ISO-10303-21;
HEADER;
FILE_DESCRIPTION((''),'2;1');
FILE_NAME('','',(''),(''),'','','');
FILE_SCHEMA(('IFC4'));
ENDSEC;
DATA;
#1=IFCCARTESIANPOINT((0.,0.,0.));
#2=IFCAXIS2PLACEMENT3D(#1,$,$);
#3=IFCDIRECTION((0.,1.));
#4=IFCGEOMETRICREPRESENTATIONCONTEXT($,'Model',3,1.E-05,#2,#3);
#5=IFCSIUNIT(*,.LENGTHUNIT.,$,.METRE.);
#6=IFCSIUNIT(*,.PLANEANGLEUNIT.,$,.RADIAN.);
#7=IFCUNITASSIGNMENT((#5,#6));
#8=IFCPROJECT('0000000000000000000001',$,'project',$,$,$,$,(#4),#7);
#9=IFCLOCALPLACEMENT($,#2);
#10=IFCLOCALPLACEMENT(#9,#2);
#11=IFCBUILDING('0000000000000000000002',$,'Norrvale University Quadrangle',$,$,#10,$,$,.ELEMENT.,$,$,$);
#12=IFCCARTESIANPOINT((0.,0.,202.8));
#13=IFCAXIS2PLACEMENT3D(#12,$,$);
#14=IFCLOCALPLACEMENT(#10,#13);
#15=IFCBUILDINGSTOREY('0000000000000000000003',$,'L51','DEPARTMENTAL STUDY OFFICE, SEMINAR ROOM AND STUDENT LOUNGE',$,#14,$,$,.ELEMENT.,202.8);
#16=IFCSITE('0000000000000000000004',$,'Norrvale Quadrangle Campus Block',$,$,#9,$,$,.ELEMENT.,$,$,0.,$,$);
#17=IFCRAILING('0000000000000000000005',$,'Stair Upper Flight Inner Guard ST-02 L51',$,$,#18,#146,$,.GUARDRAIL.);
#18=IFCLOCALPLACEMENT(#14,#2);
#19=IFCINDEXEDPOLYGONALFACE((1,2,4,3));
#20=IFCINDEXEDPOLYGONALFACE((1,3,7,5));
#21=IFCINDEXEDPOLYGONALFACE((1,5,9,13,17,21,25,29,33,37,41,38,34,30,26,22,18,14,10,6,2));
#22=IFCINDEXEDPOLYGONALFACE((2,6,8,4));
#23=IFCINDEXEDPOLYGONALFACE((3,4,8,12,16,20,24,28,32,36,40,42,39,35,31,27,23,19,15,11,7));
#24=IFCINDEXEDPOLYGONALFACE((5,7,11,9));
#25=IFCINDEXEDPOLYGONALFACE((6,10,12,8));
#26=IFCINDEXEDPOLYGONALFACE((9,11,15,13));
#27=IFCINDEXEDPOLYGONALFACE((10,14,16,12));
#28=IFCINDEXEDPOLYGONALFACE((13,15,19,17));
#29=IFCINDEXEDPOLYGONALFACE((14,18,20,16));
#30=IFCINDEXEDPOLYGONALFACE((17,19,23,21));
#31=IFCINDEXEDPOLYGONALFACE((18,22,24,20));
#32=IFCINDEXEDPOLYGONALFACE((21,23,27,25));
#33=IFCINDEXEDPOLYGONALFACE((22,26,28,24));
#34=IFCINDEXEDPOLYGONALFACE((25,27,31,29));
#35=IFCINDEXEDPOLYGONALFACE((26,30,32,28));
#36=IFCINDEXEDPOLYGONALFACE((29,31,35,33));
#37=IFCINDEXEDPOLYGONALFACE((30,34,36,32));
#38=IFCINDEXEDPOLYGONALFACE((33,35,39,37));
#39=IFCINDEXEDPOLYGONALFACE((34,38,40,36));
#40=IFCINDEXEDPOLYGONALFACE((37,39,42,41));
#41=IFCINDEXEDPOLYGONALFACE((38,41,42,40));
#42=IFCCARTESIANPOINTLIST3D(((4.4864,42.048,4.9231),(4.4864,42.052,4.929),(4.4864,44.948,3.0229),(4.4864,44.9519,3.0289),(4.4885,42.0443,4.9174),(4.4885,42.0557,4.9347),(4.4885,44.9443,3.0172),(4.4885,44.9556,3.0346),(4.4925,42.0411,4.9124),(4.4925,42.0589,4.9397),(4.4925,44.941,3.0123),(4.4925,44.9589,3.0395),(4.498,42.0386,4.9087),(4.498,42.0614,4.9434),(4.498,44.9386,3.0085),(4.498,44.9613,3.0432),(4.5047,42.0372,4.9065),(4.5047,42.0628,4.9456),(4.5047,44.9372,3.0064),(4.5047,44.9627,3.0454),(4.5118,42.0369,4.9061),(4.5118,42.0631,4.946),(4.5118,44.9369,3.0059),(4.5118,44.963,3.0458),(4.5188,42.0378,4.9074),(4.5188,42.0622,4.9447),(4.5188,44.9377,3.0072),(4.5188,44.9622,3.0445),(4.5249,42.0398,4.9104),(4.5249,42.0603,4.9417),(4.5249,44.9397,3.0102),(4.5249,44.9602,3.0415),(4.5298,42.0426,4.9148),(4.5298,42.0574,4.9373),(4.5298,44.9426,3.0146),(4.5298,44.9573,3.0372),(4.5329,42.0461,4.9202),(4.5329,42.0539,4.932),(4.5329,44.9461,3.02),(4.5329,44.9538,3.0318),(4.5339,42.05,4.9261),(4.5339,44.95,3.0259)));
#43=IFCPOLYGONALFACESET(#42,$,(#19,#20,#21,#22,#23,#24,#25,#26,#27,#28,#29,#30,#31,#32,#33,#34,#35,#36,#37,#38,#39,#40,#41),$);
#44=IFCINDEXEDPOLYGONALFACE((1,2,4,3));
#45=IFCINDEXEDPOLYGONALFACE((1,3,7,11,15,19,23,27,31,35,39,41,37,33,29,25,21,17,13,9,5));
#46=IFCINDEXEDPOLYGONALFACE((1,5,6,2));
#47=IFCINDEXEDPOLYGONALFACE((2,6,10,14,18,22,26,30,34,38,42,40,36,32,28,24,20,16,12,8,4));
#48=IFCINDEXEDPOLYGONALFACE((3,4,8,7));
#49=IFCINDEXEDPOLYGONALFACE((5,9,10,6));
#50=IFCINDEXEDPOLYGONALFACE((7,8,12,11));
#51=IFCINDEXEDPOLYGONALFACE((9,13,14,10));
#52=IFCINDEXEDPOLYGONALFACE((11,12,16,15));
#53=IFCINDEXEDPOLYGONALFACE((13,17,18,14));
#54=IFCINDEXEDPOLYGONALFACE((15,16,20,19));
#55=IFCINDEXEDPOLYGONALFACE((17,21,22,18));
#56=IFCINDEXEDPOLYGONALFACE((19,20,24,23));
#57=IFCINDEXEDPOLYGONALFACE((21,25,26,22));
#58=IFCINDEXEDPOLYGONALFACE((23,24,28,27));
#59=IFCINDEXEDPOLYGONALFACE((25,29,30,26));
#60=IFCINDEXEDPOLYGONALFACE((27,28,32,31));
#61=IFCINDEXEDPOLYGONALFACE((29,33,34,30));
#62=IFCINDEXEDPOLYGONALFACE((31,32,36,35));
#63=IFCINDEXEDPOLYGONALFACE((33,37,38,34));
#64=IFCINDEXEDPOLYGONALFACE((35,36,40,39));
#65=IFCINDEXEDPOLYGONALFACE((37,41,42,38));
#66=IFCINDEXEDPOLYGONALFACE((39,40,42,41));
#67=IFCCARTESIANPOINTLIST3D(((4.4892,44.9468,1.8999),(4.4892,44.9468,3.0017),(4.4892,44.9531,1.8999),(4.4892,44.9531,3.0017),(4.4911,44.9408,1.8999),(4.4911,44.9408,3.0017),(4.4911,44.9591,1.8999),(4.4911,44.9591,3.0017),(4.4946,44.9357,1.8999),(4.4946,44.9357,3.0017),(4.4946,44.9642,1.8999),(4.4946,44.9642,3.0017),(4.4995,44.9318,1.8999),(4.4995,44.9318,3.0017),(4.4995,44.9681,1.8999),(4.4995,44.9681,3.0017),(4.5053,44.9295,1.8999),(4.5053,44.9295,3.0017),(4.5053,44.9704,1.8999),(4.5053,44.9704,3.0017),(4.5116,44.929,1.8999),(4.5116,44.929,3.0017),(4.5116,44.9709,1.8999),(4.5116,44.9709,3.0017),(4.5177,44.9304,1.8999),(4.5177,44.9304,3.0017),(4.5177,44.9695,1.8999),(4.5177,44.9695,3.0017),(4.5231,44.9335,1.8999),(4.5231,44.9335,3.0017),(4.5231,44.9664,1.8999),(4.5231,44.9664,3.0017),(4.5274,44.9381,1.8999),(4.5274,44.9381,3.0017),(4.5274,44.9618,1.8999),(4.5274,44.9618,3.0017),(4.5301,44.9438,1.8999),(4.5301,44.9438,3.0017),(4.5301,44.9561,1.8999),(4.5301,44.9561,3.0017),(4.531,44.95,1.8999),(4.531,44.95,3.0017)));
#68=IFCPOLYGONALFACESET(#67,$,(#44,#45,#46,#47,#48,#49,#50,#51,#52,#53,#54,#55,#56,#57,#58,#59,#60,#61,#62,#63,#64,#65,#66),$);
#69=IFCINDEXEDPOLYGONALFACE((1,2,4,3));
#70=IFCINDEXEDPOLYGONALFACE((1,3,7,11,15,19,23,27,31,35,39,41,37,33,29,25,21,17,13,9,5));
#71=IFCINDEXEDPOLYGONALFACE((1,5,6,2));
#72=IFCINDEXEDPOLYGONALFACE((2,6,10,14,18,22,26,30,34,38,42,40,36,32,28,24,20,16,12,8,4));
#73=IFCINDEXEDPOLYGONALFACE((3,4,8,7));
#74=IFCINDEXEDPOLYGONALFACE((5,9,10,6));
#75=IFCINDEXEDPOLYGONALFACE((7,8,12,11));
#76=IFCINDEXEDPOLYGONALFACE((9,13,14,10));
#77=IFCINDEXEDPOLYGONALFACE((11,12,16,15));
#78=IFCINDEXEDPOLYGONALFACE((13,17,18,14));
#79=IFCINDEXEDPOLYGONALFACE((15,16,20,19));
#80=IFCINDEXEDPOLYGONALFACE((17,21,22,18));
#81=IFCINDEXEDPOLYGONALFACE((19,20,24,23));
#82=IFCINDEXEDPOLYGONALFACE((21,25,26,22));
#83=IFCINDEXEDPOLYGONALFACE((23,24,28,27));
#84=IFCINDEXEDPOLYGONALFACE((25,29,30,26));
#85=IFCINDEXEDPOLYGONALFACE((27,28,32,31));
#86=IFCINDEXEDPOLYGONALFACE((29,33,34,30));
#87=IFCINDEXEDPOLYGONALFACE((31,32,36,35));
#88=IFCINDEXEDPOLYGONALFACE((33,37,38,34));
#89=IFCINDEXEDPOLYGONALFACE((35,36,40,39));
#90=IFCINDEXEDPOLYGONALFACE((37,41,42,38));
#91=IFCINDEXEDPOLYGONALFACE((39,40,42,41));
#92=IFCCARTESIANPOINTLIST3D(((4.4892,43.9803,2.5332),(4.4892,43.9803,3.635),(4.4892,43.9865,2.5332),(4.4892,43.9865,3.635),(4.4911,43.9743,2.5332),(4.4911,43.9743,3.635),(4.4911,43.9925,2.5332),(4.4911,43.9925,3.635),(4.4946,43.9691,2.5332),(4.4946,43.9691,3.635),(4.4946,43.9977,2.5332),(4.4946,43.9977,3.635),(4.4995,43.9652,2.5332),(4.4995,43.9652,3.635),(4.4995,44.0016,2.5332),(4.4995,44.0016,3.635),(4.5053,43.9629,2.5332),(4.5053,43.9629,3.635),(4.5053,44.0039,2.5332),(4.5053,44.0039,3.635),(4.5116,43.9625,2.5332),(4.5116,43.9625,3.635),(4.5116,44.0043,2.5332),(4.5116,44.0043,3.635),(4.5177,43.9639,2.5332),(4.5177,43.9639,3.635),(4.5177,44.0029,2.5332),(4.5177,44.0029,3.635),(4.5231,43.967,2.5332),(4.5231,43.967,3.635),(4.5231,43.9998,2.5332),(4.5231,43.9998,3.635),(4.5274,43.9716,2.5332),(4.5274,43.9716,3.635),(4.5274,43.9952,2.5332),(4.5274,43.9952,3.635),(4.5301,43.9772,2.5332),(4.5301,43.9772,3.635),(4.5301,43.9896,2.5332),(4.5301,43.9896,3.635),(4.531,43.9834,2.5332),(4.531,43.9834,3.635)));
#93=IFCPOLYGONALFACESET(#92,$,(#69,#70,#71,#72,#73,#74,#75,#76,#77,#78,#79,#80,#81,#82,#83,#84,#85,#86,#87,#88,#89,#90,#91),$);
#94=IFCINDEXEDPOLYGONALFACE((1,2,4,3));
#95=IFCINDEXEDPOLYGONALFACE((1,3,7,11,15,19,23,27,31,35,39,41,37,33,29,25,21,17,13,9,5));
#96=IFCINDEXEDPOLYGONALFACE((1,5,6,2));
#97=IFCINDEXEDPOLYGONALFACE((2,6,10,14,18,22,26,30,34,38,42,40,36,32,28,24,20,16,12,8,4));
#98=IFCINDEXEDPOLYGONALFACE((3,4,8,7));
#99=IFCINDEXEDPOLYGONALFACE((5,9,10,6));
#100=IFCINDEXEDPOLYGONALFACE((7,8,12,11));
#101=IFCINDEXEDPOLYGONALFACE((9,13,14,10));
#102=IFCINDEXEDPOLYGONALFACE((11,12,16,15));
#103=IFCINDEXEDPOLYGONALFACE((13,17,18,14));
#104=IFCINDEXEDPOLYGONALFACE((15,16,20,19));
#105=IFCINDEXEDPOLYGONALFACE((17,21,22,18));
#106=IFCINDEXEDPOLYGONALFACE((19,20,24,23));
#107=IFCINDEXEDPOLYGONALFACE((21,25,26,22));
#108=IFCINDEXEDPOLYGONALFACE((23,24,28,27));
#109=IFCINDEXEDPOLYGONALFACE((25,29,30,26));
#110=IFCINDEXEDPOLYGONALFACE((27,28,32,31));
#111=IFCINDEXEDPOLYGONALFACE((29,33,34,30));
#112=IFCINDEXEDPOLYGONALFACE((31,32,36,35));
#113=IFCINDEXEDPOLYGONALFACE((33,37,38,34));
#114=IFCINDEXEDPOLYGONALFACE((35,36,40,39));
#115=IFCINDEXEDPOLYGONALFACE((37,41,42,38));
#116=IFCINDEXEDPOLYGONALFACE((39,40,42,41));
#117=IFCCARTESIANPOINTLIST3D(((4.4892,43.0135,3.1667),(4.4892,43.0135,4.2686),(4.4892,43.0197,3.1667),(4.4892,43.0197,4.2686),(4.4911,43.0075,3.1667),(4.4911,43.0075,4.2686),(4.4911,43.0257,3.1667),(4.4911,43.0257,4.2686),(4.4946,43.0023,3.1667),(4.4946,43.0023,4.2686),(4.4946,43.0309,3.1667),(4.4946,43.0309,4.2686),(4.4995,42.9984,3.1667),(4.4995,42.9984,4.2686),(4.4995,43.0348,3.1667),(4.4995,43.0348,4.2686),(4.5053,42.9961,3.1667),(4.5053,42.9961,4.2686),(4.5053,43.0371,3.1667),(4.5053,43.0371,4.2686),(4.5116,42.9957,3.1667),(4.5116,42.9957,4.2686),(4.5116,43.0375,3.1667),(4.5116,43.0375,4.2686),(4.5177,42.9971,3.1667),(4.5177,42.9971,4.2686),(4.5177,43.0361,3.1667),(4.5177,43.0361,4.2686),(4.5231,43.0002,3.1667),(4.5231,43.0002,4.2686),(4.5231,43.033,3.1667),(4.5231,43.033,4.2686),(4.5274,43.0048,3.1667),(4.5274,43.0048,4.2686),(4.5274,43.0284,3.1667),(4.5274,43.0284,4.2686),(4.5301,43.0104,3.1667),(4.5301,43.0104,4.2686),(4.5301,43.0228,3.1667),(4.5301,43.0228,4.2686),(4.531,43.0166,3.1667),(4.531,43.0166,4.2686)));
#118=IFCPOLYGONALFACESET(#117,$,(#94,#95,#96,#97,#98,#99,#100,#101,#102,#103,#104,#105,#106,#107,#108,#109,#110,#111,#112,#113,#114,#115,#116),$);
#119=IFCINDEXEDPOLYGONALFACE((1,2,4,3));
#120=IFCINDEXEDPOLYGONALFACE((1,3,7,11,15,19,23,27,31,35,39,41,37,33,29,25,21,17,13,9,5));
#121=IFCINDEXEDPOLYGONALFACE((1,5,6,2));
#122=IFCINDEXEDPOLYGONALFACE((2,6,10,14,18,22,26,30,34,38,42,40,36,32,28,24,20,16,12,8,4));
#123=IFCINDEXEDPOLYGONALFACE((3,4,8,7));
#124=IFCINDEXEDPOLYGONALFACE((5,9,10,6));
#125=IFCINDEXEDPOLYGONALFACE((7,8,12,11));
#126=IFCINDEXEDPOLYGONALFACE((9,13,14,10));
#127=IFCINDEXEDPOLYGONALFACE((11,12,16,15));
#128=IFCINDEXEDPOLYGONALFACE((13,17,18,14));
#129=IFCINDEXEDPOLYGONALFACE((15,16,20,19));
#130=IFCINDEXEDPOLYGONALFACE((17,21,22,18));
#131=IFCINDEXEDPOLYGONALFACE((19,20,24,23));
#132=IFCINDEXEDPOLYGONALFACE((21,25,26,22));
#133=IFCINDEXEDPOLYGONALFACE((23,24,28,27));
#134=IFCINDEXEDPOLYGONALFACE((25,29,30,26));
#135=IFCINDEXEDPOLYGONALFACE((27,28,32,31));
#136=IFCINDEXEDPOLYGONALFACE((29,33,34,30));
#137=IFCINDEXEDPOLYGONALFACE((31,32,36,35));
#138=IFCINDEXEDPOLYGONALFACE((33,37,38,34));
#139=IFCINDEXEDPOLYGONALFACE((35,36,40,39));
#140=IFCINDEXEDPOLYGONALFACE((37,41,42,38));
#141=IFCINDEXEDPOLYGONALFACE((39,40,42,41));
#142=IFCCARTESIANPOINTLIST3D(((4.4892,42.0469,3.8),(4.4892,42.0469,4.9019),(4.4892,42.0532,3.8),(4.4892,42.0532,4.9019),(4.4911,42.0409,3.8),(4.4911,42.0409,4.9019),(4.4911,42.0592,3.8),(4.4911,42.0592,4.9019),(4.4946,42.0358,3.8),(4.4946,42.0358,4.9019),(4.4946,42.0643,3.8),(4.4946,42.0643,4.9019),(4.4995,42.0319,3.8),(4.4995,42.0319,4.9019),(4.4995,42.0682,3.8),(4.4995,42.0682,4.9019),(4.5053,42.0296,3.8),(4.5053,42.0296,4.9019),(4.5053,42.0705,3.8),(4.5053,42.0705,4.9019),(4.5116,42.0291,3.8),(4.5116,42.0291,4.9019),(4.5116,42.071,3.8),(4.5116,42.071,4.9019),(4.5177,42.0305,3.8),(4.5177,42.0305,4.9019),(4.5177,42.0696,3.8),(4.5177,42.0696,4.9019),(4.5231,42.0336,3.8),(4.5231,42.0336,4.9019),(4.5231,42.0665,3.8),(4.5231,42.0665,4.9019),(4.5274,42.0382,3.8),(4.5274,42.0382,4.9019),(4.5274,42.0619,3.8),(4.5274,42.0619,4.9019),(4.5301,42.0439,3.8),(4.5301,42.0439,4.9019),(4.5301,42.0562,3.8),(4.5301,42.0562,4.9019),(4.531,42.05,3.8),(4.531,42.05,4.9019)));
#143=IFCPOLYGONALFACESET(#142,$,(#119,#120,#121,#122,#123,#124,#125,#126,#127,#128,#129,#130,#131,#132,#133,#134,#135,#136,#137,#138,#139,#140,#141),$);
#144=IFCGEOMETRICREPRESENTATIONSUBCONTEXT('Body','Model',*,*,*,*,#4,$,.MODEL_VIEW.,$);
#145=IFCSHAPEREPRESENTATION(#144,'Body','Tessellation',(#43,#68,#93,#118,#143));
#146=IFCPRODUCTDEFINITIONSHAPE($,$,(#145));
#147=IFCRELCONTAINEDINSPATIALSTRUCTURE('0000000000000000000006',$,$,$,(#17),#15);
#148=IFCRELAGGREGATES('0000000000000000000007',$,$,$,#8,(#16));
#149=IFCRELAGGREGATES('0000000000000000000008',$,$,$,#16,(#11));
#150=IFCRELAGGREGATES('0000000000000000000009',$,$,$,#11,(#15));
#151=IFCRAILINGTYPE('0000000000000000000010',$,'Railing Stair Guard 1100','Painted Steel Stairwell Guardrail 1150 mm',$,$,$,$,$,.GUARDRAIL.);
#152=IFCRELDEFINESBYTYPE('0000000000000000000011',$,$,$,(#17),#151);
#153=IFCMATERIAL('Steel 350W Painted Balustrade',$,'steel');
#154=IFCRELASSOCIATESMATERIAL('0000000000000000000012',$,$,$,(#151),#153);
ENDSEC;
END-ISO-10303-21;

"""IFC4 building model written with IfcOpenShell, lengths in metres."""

from ifc_helpers import new_model, si_unit, direction, frame, origin, origin_2d, place, context, subcontext, project, spatial, circle, extrude, material, type_object, element, save


model = new_model("IFC4")

# Units and contexts
model_context = context("Model", 3, precision=1e-05, world=origin(), true_north=direction((0.0, 1.0)))
body_context = subcontext(model_context, "Body", "Model", "MODEL_VIEW")
ifc_project = project(units=[si_unit("LENGTHUNIT", "METRE"), si_unit("PLANEANGLEUNIT", "RADIAN")], contexts=[model_context])

# Site, building, storey
site_placement = place(None, origin())
site = spatial("IfcSite", under=ifc_project, at=site_placement, Name="Norrvale Quadrangle Campus Block", CompositionType="ELEMENT", RefElevation=0.0)
building_placement = place(site_placement, origin())
building = spatial("IfcBuilding", under=site, at=building_placement, Name="Norrvale University Quadrangle", CompositionType="ELEMENT")
storey_placement = place(building_placement, frame((0.0, 0.0, 202.8)))
storey = spatial("IfcBuildingStorey", under=building, at=storey_placement, Name="L51", Description="DEPARTMENTAL STUDY OFFICE, SEMINAR ROOM AND STUDENT LOUNGE", CompositionType="ELEMENT", Elevation=202.8)

# Railing
ifc_material_1 = material(Name="Steel 350W Painted Balustrade", Category="steel")
railing_type_1 = type_object("IfcRailingType", Name="Railing Stair Guard 1100", Description="Painted Steel Stairwell Guardrail 1150 mm", PredefinedType="GUARDRAIL", material=ifc_material_1)
railing_1_placement = place(storey_placement, frame((4.51, 44.95, 1.8999)))
element("IfcRailing", 1, at=railing_1_placement, inside=storey, type_object=railing_type_1, Name="Stair Upper Flight Inner Guard ST-02 L51", PredefinedType="GUARDRAIL", context=body_context, shape_type="SweptSolid", body=[
    extrude(circle(Radius=0.0239, at=origin_2d()), frame((0.0, 0.0, 1.126), z_axis=(0.0, -0.836433, 0.548069), x_axis=(1.0, 0.0, 0.0)), (0.0, 0.0, 1.0), 3.467),
    extrude(circle(Radius=0.021, at=origin_2d()), origin(), (0.0, 0.0, 1.0), 1.1018),
    extrude(circle(Radius=0.021, at=origin_2d()), frame((0.0, -0.9666, 0.6333)), (0.0, 0.0, 1.0), 1.1018),
    extrude(circle(Radius=0.021, at=origin_2d()), frame((0.0, -1.9333, 1.2668)), (0.0, 0.0, 1.0), 1.1018),
    extrude(circle(Radius=0.021, at=origin_2d()), frame((0.0, -2.8999, 1.9001)), (0.0, 0.0, 1.0), 1.1018),
])

save(model, "model.ifc")
